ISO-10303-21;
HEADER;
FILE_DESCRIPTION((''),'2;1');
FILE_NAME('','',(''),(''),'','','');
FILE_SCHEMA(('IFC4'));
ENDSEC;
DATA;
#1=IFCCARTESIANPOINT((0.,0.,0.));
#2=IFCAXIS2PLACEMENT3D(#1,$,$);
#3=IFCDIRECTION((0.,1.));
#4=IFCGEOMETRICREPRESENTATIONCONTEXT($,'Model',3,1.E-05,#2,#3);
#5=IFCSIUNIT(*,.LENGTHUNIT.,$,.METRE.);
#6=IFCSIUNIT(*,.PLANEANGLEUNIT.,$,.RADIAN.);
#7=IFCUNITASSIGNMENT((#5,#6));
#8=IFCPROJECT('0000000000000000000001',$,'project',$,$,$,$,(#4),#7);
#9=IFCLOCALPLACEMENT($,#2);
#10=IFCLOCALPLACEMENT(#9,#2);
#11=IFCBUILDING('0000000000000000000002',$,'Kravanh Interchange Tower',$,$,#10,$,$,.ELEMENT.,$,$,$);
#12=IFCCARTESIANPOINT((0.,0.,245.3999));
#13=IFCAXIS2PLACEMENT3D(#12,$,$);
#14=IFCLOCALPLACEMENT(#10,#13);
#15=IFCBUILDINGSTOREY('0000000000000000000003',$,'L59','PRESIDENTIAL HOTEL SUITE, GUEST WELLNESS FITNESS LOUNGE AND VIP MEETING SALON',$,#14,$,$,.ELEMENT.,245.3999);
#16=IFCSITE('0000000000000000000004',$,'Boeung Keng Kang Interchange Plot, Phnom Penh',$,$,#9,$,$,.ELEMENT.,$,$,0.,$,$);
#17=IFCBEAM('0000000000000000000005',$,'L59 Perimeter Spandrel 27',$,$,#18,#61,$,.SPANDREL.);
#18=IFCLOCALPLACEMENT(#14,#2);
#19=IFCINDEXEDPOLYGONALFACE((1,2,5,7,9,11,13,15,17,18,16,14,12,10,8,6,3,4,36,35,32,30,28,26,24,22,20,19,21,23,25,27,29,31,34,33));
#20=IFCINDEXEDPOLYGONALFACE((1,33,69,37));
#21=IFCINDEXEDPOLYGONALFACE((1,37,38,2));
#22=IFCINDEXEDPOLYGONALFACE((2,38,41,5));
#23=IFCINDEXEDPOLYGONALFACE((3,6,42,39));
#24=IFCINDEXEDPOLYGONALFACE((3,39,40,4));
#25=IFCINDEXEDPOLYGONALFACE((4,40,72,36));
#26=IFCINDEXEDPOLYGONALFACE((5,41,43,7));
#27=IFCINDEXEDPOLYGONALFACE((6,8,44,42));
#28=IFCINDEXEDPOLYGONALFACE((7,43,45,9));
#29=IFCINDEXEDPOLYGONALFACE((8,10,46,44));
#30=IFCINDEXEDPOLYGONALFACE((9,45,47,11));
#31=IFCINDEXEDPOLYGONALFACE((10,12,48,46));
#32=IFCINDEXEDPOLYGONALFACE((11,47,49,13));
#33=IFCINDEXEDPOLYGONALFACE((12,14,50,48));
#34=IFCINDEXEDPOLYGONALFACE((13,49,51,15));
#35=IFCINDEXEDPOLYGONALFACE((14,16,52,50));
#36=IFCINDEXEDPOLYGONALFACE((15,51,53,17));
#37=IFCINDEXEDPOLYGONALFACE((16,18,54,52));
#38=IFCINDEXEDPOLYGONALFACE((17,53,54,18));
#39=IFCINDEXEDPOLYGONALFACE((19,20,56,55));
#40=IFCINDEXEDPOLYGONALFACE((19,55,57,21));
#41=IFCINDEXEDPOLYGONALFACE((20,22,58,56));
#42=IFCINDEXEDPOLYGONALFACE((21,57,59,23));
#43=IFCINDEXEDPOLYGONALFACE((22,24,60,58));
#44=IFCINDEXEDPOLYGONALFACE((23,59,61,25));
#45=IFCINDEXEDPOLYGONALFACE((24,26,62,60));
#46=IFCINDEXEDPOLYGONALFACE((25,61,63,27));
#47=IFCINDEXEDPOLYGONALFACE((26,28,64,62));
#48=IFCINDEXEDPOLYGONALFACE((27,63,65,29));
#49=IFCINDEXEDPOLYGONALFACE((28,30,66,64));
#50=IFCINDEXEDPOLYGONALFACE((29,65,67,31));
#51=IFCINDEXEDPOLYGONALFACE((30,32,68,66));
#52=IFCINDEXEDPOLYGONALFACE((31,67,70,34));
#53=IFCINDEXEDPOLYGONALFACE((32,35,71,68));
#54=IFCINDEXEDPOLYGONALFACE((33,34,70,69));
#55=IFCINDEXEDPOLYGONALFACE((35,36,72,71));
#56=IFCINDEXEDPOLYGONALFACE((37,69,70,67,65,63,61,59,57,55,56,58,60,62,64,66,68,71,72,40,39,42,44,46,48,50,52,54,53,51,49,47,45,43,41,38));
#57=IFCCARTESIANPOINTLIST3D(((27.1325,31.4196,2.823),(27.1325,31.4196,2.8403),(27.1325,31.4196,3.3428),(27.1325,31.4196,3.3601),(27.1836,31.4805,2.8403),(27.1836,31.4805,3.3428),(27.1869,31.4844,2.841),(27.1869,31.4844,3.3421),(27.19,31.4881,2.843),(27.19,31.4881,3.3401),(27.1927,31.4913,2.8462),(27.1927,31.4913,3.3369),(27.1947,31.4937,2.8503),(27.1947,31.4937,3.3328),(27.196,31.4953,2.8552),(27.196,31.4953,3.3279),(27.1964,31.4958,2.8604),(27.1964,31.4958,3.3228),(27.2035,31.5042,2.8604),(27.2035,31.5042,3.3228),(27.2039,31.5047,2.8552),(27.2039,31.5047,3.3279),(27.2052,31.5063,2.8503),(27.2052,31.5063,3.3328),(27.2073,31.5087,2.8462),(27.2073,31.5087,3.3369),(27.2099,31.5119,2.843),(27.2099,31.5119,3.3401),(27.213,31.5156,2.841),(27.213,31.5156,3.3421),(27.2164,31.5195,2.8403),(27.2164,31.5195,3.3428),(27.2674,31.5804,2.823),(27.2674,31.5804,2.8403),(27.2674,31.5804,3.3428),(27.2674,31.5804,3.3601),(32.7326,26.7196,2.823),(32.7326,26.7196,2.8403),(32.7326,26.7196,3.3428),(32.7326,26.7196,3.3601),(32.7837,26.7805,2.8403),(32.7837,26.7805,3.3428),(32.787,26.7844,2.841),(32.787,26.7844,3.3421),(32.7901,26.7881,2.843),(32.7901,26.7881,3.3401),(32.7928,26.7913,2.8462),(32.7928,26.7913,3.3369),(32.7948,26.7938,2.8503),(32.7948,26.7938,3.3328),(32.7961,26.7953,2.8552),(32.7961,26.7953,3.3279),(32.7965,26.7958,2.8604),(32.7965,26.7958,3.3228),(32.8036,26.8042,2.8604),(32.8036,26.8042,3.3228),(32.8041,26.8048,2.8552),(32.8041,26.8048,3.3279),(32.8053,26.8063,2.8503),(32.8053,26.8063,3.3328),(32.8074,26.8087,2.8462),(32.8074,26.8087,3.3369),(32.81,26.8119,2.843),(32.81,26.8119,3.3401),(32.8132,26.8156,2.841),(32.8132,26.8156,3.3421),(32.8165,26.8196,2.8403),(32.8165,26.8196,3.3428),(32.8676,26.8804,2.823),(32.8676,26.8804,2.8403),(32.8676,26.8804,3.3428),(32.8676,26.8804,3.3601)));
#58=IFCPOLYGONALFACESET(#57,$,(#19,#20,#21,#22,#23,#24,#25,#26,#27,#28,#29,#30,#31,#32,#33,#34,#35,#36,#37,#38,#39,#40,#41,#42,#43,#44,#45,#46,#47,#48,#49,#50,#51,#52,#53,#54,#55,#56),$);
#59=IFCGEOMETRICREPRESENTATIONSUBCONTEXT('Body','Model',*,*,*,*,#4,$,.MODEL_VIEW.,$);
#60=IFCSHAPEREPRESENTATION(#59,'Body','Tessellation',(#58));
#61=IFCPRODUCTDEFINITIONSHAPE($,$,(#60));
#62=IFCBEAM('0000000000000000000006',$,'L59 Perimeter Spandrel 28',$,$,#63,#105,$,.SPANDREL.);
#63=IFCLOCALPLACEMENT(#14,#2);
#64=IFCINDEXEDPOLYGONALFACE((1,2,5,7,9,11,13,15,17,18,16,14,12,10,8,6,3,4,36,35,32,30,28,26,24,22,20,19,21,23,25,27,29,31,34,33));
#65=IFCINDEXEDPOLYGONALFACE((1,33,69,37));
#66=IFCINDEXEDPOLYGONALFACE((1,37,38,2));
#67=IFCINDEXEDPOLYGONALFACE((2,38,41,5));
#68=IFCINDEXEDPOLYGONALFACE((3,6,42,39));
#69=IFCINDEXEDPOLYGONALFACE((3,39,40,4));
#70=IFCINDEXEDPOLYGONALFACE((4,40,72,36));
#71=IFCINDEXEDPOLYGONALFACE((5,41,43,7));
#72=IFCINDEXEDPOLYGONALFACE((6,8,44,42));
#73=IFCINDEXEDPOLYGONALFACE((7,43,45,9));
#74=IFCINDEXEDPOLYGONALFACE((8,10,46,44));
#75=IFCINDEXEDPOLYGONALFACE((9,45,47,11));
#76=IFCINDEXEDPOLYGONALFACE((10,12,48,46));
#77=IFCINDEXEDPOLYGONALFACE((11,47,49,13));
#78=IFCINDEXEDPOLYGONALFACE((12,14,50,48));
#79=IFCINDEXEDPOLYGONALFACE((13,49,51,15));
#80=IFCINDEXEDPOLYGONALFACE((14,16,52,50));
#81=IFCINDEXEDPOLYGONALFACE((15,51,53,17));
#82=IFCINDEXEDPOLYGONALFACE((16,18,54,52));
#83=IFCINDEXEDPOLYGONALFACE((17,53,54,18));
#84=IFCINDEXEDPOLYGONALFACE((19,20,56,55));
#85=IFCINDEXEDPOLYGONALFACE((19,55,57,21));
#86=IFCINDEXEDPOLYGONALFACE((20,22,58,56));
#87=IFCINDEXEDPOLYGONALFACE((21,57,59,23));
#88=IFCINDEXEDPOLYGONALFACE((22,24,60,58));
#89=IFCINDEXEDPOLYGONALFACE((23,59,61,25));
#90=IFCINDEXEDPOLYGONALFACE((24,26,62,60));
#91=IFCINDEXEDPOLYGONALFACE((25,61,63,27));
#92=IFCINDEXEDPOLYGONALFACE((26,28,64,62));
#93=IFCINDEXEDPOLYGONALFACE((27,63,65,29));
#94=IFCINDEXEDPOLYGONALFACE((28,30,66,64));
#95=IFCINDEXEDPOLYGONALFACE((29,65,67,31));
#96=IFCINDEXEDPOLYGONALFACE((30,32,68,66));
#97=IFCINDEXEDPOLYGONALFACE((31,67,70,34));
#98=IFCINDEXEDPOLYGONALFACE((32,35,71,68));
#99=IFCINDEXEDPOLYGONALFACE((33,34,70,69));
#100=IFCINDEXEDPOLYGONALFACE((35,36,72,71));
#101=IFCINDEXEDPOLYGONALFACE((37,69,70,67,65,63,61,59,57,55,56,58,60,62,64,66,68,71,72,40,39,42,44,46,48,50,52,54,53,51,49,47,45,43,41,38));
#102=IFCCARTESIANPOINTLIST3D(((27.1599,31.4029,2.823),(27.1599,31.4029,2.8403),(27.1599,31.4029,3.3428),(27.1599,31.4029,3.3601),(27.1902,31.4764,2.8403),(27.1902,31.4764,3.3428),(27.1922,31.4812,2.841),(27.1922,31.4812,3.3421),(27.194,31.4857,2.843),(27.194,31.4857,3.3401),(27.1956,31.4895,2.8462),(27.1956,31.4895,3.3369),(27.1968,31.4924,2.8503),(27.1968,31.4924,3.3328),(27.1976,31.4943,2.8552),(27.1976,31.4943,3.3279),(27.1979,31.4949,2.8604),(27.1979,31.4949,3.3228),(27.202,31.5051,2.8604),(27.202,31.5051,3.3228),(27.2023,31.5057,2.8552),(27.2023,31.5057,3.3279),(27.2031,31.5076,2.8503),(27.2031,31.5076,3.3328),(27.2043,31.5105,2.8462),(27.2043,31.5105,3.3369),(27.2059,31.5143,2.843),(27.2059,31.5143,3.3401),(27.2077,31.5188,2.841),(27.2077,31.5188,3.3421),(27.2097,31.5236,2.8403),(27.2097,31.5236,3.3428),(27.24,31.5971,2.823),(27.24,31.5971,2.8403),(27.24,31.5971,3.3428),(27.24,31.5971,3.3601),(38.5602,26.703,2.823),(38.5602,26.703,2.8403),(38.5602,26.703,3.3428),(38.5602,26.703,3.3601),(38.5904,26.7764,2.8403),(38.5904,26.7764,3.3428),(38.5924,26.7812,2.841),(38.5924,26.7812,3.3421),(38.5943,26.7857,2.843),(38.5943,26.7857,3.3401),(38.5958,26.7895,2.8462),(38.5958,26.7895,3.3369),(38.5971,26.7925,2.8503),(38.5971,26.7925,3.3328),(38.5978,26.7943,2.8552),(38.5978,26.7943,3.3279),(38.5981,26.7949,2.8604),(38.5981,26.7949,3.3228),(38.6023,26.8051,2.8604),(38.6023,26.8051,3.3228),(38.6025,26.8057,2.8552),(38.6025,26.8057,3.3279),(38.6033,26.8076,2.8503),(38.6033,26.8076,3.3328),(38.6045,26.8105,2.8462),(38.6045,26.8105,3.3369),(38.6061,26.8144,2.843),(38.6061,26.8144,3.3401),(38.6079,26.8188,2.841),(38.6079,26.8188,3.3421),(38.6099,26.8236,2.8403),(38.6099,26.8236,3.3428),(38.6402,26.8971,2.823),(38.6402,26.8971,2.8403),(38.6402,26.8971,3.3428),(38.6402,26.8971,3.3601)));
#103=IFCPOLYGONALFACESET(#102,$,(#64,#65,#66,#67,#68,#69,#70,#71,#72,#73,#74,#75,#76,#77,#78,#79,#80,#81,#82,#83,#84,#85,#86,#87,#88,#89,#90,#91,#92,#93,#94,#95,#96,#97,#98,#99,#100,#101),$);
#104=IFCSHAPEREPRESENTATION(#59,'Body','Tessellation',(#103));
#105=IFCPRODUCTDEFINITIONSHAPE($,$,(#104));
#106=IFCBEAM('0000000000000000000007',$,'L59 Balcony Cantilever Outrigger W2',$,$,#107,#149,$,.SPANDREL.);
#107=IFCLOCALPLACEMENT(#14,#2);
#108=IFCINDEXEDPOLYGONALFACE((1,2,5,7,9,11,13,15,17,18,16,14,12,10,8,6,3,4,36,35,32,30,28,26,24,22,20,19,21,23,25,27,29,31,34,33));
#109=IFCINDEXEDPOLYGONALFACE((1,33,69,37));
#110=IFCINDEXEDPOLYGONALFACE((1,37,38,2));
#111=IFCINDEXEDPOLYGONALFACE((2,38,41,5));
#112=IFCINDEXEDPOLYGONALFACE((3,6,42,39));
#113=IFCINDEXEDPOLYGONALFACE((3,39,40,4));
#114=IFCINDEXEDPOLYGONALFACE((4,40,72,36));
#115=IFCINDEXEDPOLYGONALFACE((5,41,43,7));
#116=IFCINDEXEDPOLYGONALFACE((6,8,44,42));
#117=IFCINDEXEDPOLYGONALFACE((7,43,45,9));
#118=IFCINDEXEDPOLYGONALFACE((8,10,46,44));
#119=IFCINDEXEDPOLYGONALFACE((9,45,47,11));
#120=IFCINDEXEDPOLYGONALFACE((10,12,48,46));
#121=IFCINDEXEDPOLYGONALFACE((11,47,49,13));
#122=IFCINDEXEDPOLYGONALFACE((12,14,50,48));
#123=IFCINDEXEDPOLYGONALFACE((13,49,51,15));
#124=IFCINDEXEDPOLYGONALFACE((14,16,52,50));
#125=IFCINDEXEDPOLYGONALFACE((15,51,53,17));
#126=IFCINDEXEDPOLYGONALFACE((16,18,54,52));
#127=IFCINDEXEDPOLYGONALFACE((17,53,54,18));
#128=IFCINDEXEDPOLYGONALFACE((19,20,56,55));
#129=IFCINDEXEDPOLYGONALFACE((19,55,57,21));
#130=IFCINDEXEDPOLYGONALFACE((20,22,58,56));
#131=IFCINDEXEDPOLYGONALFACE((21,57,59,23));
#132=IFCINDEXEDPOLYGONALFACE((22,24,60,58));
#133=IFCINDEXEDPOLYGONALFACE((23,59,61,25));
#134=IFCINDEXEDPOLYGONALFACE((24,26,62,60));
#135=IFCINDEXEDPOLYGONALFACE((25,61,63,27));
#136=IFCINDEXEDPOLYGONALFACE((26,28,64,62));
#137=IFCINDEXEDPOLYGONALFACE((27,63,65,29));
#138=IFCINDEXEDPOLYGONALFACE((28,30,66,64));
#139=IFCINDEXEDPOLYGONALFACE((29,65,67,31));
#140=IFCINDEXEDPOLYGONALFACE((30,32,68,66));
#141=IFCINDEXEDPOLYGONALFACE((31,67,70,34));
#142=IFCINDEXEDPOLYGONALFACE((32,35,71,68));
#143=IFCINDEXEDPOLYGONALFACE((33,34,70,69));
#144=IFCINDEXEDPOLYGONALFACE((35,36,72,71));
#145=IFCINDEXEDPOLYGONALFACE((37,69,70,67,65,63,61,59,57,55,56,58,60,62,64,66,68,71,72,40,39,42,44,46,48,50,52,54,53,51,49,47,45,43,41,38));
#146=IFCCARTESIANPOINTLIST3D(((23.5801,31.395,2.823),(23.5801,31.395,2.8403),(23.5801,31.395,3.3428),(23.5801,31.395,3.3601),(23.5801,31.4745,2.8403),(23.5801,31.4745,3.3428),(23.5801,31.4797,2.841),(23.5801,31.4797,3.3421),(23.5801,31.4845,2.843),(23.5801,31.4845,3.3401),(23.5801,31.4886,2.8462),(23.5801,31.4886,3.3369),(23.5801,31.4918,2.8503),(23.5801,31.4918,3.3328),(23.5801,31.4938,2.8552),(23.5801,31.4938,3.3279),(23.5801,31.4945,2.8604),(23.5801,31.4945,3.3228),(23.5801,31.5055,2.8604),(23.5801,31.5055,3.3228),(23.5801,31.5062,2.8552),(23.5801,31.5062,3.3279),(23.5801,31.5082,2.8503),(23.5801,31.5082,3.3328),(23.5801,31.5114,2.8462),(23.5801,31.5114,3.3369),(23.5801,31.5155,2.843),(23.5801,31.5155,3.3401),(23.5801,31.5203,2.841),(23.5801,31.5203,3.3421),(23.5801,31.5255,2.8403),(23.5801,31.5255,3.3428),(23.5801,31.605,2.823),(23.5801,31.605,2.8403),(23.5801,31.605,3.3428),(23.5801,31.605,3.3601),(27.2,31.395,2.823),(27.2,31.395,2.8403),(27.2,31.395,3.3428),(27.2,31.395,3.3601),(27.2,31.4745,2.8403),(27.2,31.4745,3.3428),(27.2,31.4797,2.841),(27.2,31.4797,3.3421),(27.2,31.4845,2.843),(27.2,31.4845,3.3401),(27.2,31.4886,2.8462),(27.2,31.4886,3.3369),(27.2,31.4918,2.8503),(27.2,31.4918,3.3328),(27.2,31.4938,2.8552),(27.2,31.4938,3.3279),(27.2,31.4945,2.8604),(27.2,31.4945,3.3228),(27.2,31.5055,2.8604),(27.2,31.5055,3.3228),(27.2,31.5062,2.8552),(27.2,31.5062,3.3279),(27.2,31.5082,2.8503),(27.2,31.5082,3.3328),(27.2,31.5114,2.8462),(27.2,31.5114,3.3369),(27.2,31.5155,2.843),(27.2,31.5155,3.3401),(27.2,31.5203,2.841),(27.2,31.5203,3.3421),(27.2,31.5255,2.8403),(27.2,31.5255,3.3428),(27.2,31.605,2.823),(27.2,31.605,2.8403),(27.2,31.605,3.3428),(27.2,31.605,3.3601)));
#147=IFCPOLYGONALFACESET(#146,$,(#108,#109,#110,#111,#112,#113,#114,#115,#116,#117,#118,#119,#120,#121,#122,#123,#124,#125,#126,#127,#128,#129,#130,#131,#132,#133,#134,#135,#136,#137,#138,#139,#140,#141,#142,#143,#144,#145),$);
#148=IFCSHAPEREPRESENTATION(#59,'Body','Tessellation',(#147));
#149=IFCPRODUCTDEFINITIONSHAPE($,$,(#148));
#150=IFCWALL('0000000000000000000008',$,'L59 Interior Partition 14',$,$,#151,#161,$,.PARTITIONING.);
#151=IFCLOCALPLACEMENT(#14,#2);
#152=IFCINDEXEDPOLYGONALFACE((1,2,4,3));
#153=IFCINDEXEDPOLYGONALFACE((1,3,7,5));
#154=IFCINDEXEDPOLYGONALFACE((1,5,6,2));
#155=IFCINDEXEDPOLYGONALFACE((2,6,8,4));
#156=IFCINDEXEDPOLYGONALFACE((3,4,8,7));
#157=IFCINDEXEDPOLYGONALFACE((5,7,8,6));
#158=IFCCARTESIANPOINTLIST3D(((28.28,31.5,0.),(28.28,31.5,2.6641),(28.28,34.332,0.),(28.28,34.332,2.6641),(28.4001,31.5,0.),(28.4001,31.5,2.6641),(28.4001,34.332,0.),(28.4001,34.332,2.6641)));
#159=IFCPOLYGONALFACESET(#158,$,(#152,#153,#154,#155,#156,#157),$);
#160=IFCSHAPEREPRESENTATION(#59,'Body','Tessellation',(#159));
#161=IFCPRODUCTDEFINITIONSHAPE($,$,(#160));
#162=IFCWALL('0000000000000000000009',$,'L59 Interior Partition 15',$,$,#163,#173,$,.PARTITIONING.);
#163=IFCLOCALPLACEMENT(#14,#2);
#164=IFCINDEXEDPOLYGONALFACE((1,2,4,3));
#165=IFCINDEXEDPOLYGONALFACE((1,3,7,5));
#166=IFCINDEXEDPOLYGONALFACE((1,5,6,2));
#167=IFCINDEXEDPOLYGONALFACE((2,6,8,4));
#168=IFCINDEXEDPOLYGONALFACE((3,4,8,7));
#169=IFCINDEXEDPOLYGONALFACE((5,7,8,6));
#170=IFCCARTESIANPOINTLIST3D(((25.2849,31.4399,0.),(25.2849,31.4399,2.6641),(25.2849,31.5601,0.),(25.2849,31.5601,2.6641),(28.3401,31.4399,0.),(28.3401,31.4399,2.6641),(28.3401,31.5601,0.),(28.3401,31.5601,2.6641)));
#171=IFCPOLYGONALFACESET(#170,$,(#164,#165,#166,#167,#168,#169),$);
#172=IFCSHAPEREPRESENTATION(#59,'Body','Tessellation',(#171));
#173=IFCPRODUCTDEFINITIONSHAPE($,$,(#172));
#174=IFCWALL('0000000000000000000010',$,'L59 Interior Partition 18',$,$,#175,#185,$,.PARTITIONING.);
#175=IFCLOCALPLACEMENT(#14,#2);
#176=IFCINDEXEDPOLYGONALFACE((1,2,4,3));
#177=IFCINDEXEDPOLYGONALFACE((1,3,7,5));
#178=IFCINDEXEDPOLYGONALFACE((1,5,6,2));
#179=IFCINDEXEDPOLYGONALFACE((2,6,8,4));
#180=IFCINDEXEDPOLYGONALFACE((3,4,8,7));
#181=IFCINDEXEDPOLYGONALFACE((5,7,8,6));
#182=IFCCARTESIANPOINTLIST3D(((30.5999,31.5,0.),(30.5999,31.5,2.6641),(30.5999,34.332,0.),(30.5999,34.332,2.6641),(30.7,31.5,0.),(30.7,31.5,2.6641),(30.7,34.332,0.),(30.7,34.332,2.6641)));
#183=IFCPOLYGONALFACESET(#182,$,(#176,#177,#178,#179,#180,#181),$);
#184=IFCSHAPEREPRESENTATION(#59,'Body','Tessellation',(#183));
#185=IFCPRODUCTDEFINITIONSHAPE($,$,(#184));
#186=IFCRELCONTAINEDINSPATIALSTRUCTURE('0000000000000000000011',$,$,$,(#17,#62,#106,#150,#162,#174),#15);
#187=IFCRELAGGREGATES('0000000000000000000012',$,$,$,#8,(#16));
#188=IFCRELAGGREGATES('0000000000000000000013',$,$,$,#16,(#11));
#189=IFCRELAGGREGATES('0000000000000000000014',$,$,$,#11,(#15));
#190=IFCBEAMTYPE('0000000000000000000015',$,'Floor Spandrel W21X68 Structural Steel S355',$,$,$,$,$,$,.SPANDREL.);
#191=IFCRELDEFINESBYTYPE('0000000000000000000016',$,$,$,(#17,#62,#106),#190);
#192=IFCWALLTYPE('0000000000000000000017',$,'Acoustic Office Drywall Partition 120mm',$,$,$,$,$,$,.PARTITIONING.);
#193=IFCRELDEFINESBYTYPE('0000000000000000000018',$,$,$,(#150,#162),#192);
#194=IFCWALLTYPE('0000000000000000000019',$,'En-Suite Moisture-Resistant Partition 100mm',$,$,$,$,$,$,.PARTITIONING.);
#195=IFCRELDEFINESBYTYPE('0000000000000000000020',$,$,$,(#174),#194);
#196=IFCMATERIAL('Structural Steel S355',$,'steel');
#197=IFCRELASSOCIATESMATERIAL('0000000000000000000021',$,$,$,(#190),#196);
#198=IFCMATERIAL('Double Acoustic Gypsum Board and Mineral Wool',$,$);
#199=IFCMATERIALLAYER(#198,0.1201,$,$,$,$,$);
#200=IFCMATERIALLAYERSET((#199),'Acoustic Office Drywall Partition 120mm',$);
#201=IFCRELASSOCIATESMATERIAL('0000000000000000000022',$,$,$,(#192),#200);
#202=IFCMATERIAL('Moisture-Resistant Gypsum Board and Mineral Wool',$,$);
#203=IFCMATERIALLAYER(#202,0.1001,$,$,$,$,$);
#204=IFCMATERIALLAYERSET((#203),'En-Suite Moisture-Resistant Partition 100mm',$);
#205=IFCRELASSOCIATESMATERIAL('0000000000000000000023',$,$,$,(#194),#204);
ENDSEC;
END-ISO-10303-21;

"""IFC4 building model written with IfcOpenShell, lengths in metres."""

from ifc_helpers import new_model, si_unit, direction, frame, frame_2d, origin, origin_2d, place, context, subcontext, project, spatial, rectangle, i_section, extrude, material, layer, layer_set, material_profile, profile_set, type_object, element, save


model = new_model("IFC4")

# Units and contexts
model_context = context("Model", 3, precision=1e-05, world=origin(), true_north=direction((0.0, 1.0)))
body_context = subcontext(model_context, "Body", "Model", "MODEL_VIEW")
ifc_project = project(units=[si_unit("LENGTHUNIT", "METRE"), si_unit("PLANEANGLEUNIT", "RADIAN")], contexts=[model_context])

# Site, building, storey
site_placement = place(None, origin())
site = spatial("IfcSite", under=ifc_project, at=site_placement, Name="Boeung Keng Kang Interchange Plot, Phnom Penh", CompositionType="ELEMENT", RefElevation=0.0)
building_placement = place(site_placement, origin())
building = spatial("IfcBuilding", under=site, at=building_placement, Name="Kravanh Interchange Tower", CompositionType="ELEMENT")
storey_placement = place(building_placement, frame((0.0, 0.0, 245.3999)))
storey = spatial("IfcBuildingStorey", under=building, at=storey_placement, Name="L59", Description="PRESIDENTIAL HOTEL SUITE, GUEST WELLNESS FITNESS LOUNGE AND VIP MEETING SALON", CompositionType="ELEMENT", Elevation=245.3999)

# Beams
ifc_material_1 = material(Name="Structural Steel S355", Category="steel")
ifc_material_profile_1 = material_profile(ifc_material_1, i_section(OverallWidth=0.21, OverallDepth=0.5371, WebThickness=0.011, FlangeThickness=0.0173, FilletRadius=0.02, at=origin_2d()), Name="W21X68")
ifc_profile_set_1 = profile_set([ifc_material_profile_1], Name="Structural Steel S355")
beam_type_1 = type_object("IfcBeamType", Name="Floor Spandrel W21X68 Structural Steel S355", PredefinedType="SPANDREL", material=ifc_profile_set_1)
beam_1_placement = place(storey_placement, frame((27.2, 31.5, 3.0916), z_axis=(0.765983, -0.642861, 0.0), x_axis=(0.642861, 0.765983, 0.0)))
element("IfcBeam", 1, at=beam_1_placement, inside=storey, type_object=beam_type_1, Name="L59 Perimeter Spandrel 27", PredefinedType="SPANDREL", context=body_context, shape_type="SweptSolid", body=[
    extrude(i_section(OverallWidth=0.21, OverallDepth=0.5371, WebThickness=0.011, FlangeThickness=0.0173, FilletRadius=0.02, at=origin_2d()), origin(), (0.0, 0.0, 1.0), 7.311),
])
beam_2_placement = place(storey_placement, frame((27.2, 31.5, 3.0916), z_axis=(0.924513, -0.38115, 0.0), x_axis=(0.38115, 0.924513, 0.0)))
element("IfcBeam", 2, at=beam_2_placement, inside=storey, type_object=beam_type_1, Name="L59 Perimeter Spandrel 28", PredefinedType="SPANDREL", context=body_context, shape_type="SweptSolid", body=[
    extrude(i_section(OverallWidth=0.21, OverallDepth=0.5371, WebThickness=0.011, FlangeThickness=0.0173, FilletRadius=0.02, at=origin_2d()), origin(), (0.0, 0.0, 1.0), 12.3311),
])
beam_3_placement = place(storey_placement, frame((27.2, 31.5, 3.0916), z_axis=(-1.0, 0.0, 0.0), x_axis=(0.0, -1.0, 0.0)))
element("IfcBeam", 3, at=beam_3_placement, inside=storey, type_object=beam_type_1, Name="L59 Balcony Cantilever Outrigger W2", PredefinedType="SPANDREL", context=body_context, shape_type="SweptSolid", body=[
    extrude(i_section(OverallWidth=0.21, OverallDepth=0.5371, WebThickness=0.011, FlangeThickness=0.0173, FilletRadius=0.02, at=origin_2d()), origin(), (0.0, 0.0, 1.0), 3.6199),
])

# Walls
ifc_material_2 = material(Name="Double Acoustic Gypsum Board and Mineral Wool")
ifc_layer_1 = layer(ifc_material_2, 0.1201)
ifc_layer_set_1 = layer_set([ifc_layer_1], Name="Acoustic Office Drywall Partition 120mm")
wall_type_1 = type_object("IfcWallType", Name="Acoustic Office Drywall Partition 120mm", PredefinedType="PARTITIONING", material=ifc_layer_set_1)
wall_1_placement = place(storey_placement, frame((28.3401, 31.5, 0.0), z_axis=(0.0, 0.0, 1.0), x_axis=(0.0, 1.0, 0.0)))
element("IfcWall", 4, at=wall_1_placement, inside=storey, type_object=wall_type_1, Name="L59 Interior Partition 14", PredefinedType="PARTITIONING", context=body_context, shape_type="SweptSolid", body=[
    extrude(rectangle(XDim=2.832, YDim=0.1201, at=frame_2d((1.416, 0.0))), origin(), (0.0, 0.0, 1.0), 2.6641),
])
wall_2_placement = place(storey_placement, frame((25.2849, 31.5, 0.0), z_axis=(0.0, 0.0, 1.0), x_axis=(1.0, 0.0, 0.0)))
element("IfcWall", 5, at=wall_2_placement, inside=storey, type_object=wall_type_1, Name="L59 Interior Partition 15", PredefinedType="PARTITIONING", context=body_context, shape_type="SweptSolid", body=[
    extrude(rectangle(XDim=3.0552, YDim=0.1201, at=frame_2d((1.5276, 0.0))), origin(), (0.0, 0.0, 1.0), 2.6641),
])
ifc_material_3 = material(Name="Moisture-Resistant Gypsum Board and Mineral Wool")
ifc_layer_2 = layer(ifc_material_3, 0.1001)
ifc_layer_set_2 = layer_set([ifc_layer_2], Name="En-Suite Moisture-Resistant Partition 100mm")
wall_type_2 = type_object("IfcWallType", Name="En-Suite Moisture-Resistant Partition 100mm", PredefinedType="PARTITIONING", material=ifc_layer_set_2)
wall_3_placement = place(storey_placement, frame((30.6499, 31.5, 0.0), z_axis=(0.0, 0.0, 1.0), x_axis=(0.0, 1.0, 0.0)))
element("IfcWall", 6, at=wall_3_placement, inside=storey, type_object=wall_type_2, Name="L59 Interior Partition 18", PredefinedType="PARTITIONING", context=body_context, shape_type="SweptSolid", body=[
    extrude(rectangle(XDim=2.832, YDim=0.1001, at=frame_2d((1.416, 0.0))), origin(), (0.0, 0.0, 1.0), 2.6641),
])

save(model, "model.ifc")
